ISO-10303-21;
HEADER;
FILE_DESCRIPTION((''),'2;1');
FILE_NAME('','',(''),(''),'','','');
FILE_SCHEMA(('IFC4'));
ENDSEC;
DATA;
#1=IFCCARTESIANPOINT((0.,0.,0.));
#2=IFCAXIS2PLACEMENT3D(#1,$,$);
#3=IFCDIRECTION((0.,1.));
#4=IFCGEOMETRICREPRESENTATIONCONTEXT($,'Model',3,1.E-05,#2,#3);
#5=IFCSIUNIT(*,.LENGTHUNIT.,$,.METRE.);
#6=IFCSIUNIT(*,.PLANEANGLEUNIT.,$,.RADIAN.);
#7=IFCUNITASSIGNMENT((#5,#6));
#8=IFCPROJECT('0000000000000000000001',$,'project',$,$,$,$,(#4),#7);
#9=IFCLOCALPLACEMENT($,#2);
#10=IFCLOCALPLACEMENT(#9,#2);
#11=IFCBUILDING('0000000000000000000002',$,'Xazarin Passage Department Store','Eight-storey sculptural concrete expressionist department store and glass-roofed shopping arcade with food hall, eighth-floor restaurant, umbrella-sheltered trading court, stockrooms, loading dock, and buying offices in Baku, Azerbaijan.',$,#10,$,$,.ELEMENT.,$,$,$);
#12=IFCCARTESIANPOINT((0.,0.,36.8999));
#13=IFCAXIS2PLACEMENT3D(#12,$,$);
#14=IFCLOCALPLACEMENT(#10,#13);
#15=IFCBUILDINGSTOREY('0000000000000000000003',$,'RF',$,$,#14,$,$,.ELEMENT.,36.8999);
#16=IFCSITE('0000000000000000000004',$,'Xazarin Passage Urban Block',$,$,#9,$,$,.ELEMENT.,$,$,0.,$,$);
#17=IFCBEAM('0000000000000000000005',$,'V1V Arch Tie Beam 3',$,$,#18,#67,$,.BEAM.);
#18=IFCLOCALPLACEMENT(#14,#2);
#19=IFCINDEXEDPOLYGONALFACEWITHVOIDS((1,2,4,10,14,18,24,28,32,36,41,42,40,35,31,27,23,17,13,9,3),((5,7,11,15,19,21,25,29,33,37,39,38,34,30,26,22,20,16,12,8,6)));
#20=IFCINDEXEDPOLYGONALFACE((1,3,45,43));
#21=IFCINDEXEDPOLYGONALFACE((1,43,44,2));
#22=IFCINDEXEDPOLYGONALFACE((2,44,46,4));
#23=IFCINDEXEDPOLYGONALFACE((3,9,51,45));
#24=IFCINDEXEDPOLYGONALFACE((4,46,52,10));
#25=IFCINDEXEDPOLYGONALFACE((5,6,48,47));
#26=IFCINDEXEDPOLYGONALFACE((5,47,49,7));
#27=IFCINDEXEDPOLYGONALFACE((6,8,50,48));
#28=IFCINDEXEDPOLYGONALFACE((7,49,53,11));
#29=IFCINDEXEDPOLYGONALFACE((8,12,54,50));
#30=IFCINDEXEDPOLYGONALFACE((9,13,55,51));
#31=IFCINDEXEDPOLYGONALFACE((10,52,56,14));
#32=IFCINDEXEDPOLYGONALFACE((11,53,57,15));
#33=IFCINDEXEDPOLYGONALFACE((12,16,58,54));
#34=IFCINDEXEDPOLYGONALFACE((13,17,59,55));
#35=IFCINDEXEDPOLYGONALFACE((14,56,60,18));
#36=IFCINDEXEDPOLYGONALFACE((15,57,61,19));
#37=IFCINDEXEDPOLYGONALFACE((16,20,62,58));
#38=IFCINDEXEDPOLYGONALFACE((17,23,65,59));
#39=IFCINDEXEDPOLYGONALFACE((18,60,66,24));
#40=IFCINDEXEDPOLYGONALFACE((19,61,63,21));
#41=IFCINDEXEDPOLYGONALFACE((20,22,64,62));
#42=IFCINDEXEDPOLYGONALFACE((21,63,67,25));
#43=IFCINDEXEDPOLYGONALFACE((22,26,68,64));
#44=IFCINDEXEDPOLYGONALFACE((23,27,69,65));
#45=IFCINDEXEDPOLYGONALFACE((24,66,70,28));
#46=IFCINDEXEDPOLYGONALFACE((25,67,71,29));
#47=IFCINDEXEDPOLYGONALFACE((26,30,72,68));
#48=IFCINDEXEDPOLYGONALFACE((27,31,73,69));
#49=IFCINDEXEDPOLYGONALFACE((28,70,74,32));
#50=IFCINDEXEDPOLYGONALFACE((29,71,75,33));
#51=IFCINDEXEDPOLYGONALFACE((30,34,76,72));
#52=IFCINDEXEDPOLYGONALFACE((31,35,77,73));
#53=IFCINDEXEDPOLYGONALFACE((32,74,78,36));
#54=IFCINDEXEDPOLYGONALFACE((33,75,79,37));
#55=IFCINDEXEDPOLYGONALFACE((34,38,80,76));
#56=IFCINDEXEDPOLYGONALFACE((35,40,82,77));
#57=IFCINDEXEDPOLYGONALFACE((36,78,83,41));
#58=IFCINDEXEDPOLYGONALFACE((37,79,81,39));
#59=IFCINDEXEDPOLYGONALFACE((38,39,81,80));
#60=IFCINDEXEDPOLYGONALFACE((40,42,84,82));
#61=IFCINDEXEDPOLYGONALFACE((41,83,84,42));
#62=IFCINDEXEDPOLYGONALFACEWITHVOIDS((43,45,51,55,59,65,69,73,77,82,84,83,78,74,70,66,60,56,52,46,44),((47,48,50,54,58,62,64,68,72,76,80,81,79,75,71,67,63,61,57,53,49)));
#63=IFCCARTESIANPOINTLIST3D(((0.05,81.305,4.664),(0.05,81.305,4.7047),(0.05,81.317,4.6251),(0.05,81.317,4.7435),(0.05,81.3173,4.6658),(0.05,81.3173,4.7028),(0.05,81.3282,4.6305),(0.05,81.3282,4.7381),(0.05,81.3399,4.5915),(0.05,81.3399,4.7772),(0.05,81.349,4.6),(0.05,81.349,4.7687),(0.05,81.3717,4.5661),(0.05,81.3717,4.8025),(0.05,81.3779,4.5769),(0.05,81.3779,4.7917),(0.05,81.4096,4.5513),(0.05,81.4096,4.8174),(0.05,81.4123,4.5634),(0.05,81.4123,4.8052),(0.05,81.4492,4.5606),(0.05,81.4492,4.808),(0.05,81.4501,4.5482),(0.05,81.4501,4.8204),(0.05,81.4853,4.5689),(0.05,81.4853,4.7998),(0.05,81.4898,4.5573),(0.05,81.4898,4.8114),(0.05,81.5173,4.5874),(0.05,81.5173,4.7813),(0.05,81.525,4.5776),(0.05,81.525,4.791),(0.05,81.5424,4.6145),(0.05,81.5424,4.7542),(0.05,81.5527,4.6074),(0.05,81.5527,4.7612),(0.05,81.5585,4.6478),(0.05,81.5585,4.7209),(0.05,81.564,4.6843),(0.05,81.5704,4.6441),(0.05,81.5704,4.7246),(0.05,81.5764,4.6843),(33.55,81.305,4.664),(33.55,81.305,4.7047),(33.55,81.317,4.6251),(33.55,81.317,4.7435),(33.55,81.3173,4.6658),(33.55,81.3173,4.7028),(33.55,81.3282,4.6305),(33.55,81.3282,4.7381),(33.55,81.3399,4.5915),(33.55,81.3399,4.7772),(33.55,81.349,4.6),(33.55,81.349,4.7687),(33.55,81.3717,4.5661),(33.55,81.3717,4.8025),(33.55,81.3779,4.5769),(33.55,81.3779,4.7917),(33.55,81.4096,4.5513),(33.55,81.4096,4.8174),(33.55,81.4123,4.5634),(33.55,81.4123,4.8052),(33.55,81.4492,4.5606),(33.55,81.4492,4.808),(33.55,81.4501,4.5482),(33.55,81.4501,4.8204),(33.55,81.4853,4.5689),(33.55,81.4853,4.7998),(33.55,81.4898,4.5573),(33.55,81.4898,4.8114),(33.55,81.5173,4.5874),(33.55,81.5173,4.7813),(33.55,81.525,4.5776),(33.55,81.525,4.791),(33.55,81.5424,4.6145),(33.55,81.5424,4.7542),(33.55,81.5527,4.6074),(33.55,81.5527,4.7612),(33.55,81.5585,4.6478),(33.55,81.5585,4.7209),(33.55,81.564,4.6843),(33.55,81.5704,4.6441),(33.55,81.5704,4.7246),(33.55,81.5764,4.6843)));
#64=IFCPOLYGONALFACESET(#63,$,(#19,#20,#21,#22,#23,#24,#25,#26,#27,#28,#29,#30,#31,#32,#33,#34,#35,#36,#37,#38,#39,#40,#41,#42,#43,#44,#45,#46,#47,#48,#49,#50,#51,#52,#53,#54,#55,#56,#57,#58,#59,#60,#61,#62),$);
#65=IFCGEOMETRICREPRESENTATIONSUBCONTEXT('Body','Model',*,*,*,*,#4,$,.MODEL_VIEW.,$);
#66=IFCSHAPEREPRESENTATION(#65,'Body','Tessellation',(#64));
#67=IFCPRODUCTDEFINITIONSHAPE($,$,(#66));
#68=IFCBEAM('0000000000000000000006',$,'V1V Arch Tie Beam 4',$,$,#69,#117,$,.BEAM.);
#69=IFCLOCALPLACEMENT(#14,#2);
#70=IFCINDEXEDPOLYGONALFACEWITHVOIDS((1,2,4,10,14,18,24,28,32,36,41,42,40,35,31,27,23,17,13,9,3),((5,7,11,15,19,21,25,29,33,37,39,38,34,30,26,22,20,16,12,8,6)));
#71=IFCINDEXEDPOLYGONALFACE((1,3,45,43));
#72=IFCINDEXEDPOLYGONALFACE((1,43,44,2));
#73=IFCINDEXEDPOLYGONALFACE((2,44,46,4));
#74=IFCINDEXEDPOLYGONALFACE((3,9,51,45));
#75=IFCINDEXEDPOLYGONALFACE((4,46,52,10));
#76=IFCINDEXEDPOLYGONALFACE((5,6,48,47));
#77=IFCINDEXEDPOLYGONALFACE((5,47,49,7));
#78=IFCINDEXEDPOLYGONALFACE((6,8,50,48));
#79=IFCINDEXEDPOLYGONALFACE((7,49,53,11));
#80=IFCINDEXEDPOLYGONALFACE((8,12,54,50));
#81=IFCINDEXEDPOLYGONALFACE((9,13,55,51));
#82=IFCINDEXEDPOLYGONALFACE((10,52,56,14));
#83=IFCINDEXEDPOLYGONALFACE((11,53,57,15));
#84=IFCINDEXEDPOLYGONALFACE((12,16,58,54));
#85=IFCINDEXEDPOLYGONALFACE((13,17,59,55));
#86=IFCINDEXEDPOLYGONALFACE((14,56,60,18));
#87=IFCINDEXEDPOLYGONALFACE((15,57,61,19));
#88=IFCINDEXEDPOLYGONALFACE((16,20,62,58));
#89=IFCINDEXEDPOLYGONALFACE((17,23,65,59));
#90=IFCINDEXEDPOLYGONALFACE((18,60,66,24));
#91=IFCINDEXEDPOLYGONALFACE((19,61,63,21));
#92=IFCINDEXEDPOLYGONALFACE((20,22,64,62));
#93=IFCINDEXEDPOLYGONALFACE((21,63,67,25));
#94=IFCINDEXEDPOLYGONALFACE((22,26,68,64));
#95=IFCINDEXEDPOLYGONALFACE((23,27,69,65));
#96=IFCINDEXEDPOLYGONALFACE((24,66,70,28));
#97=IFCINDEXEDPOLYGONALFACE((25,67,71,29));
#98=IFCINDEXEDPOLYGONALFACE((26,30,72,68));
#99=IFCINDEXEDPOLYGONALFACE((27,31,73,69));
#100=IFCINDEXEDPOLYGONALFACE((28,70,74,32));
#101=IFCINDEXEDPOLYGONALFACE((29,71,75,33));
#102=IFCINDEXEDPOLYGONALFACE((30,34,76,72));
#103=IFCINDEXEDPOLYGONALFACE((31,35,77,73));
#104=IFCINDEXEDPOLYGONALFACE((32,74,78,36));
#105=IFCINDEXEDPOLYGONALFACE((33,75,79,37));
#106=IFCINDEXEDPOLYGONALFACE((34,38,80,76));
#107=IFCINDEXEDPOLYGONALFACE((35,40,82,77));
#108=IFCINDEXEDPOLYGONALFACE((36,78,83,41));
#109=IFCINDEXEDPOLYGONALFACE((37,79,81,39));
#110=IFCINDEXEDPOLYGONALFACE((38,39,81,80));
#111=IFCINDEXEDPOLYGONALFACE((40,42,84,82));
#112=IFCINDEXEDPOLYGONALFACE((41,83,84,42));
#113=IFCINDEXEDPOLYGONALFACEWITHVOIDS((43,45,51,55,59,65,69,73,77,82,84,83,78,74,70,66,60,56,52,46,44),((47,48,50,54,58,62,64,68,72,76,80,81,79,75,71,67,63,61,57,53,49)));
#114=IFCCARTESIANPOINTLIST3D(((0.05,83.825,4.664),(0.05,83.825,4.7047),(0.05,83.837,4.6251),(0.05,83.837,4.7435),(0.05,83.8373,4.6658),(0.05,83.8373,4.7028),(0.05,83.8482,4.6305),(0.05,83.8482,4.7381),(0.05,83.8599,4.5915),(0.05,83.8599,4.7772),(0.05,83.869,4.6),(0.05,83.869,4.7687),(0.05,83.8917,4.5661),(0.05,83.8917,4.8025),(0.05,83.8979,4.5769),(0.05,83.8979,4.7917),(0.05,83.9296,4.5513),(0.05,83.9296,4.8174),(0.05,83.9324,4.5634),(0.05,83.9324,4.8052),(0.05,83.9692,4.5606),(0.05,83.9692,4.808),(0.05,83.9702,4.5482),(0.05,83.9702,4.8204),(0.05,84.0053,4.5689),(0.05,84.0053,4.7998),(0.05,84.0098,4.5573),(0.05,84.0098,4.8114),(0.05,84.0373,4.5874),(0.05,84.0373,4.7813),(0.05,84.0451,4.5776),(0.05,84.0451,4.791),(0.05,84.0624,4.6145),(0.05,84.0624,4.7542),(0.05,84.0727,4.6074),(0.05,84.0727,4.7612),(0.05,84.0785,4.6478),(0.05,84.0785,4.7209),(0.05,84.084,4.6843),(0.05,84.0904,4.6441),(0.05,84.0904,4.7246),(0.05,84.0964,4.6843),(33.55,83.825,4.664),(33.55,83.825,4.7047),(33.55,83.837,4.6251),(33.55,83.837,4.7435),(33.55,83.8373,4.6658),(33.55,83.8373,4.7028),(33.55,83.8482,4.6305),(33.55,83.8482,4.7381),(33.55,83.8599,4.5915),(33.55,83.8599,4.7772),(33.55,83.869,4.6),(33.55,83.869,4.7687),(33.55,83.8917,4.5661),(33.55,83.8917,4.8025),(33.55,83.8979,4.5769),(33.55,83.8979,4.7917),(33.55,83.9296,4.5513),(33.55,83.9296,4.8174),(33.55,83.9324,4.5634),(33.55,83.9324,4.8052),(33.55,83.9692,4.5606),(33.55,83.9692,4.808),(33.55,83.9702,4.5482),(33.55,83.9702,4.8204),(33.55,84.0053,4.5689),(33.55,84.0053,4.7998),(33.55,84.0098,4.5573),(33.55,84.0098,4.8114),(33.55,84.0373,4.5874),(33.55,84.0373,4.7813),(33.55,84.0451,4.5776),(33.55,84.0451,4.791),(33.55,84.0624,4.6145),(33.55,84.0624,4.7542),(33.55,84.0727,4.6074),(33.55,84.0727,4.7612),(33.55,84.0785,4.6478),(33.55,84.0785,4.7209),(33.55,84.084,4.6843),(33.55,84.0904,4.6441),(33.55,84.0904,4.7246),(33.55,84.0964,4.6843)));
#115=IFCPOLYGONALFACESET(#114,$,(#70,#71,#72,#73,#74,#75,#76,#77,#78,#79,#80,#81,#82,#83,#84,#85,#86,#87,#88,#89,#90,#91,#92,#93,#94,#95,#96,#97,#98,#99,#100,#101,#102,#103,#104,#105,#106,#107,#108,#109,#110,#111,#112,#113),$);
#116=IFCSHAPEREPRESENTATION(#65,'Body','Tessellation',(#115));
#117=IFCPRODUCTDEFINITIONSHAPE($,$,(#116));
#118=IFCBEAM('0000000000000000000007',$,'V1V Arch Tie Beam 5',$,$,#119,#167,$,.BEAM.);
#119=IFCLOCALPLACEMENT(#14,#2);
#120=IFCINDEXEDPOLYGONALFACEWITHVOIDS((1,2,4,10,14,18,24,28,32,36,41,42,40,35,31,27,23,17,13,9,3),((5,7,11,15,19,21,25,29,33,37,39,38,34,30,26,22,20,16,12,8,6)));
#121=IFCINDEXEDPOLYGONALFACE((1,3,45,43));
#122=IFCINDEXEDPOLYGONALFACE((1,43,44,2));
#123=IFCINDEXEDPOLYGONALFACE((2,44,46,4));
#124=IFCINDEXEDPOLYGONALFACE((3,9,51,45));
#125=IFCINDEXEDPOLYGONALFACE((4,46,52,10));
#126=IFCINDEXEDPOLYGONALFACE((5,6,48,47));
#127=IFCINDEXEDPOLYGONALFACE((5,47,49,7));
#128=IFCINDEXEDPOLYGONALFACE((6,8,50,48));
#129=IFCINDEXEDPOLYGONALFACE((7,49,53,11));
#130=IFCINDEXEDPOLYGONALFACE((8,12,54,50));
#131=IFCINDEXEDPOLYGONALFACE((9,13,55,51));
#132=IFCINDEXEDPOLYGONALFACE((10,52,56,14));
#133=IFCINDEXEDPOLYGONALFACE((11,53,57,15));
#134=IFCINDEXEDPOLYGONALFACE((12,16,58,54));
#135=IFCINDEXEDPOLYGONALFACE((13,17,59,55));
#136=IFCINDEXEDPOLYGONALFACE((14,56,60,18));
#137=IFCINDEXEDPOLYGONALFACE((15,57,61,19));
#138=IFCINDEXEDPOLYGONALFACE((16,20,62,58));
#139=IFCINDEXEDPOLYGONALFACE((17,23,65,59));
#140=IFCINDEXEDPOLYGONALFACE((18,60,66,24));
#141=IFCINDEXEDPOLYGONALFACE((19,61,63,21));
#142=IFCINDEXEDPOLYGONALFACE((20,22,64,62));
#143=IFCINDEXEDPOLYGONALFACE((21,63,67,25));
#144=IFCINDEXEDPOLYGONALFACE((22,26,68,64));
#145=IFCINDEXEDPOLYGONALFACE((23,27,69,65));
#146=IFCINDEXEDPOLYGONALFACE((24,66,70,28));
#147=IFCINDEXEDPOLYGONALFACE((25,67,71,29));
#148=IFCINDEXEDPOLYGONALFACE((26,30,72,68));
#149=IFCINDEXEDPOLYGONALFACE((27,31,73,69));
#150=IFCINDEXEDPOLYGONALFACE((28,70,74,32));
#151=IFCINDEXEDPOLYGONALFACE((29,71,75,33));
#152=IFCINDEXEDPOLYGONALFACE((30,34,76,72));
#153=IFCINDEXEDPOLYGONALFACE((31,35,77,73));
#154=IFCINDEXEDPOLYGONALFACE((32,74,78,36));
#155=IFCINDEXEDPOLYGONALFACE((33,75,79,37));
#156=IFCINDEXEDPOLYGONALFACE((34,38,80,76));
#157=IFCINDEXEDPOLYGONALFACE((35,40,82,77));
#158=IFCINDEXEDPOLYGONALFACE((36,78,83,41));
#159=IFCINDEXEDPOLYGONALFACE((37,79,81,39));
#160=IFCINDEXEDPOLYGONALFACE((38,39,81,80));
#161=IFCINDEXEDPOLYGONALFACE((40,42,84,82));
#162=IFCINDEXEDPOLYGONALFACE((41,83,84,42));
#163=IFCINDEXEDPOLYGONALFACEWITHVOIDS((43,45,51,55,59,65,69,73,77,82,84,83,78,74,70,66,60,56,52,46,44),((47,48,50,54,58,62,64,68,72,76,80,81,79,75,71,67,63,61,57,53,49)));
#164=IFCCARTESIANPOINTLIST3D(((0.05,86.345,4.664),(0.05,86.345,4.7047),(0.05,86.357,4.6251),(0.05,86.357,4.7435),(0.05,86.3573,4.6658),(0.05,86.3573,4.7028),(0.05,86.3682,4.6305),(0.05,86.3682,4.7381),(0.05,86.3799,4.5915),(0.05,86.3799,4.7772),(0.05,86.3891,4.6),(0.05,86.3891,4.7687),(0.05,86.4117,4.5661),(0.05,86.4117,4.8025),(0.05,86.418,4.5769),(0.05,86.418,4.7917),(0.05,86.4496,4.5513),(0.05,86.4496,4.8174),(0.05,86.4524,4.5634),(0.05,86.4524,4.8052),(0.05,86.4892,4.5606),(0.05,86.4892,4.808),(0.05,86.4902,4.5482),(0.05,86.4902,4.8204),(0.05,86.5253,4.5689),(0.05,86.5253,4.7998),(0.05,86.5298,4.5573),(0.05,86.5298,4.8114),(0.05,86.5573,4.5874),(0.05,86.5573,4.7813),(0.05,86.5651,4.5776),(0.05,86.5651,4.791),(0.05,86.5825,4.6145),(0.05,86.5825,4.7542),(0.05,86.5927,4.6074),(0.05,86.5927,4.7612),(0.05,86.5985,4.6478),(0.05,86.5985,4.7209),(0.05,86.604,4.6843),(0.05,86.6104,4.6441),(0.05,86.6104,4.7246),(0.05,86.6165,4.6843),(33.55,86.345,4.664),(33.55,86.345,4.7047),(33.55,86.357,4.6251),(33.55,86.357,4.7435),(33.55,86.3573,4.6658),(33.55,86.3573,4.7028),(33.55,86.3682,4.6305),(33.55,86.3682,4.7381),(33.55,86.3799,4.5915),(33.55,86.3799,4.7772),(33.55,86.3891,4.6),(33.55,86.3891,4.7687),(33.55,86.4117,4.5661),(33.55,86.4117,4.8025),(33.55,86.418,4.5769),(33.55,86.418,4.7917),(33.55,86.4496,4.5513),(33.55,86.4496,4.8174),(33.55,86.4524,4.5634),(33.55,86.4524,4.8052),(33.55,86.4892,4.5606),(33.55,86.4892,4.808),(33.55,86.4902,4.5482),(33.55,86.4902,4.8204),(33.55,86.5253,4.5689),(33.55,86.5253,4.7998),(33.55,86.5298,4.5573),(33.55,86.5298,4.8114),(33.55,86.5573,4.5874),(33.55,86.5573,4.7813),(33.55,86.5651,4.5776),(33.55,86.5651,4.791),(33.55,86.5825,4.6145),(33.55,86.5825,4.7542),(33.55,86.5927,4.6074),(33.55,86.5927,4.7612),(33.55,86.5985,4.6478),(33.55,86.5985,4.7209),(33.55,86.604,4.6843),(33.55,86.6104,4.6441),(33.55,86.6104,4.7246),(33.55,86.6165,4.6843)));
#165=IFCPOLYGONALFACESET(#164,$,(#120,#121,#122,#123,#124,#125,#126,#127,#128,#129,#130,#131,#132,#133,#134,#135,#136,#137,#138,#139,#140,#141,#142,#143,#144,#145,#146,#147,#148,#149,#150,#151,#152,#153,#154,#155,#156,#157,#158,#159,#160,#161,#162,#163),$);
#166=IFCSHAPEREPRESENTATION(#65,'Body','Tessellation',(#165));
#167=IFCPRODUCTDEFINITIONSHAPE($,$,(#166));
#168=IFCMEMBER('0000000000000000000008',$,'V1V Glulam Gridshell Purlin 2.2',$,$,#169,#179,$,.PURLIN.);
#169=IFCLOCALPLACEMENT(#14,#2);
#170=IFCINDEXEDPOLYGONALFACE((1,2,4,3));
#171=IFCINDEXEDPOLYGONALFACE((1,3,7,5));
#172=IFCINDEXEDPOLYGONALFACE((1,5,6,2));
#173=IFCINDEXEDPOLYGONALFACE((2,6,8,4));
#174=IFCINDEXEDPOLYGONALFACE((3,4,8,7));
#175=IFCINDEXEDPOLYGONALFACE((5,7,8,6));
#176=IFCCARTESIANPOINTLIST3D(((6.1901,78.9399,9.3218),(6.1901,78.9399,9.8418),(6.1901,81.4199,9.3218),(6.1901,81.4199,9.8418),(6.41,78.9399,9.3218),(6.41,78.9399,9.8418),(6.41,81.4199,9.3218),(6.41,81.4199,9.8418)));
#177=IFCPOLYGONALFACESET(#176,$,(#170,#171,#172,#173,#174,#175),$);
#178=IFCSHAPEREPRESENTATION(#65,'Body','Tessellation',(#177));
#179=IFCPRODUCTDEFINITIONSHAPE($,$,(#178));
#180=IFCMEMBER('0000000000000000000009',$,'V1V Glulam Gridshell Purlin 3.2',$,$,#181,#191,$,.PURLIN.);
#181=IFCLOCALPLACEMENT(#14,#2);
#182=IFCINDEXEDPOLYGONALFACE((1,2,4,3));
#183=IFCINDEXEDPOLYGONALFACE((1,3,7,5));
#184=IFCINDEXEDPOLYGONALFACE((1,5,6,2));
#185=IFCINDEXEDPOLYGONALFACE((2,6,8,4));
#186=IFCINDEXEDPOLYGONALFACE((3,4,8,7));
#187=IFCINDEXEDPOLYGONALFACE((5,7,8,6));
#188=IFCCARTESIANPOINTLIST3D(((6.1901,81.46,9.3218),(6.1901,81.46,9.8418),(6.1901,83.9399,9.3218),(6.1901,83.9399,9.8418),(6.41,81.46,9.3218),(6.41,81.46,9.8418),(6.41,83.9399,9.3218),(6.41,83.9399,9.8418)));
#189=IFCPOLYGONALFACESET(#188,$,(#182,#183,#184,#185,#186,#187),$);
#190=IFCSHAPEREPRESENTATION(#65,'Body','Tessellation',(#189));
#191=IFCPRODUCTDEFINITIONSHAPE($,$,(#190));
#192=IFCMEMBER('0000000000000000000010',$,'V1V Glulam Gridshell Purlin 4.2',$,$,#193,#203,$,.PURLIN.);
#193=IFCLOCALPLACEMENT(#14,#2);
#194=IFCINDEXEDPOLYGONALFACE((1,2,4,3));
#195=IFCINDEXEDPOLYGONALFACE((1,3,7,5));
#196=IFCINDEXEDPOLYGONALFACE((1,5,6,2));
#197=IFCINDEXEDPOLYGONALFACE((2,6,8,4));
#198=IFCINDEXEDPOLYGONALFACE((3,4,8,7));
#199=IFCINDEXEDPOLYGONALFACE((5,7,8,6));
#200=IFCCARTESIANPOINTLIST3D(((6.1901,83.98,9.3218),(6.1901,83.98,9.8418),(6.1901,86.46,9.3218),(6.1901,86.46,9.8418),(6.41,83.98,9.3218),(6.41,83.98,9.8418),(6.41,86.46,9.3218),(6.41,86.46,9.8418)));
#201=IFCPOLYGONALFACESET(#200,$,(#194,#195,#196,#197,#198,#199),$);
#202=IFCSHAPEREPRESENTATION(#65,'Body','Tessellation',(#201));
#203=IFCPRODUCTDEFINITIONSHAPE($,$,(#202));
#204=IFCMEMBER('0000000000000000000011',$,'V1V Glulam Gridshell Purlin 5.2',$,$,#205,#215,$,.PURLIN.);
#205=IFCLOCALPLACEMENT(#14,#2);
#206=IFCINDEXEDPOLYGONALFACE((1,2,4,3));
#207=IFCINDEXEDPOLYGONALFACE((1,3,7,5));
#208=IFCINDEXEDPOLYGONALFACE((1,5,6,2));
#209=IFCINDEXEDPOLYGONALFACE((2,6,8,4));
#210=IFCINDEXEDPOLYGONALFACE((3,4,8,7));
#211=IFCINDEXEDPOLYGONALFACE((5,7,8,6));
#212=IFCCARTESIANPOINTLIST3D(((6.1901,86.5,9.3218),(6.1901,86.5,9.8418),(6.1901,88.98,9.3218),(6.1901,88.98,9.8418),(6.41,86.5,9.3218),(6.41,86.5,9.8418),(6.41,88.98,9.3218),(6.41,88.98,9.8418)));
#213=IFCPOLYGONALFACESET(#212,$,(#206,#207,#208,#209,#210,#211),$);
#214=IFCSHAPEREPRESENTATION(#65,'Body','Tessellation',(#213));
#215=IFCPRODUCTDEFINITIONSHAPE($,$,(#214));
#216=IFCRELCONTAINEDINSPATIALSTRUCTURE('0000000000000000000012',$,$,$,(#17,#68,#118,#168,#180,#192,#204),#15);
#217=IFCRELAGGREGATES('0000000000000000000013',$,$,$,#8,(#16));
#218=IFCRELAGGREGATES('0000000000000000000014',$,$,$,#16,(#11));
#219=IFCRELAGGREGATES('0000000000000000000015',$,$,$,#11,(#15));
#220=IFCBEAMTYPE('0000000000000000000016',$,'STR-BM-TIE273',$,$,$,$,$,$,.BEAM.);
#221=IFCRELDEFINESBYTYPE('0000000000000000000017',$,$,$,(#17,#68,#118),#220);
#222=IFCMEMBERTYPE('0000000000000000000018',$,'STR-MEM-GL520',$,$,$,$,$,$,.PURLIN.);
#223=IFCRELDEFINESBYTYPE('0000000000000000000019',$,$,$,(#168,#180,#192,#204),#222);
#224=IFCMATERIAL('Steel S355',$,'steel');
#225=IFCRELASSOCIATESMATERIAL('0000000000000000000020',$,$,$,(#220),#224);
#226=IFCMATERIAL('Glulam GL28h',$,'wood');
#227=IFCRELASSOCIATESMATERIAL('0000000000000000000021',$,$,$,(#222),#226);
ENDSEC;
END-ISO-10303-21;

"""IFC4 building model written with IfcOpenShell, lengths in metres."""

from ifc_helpers import new_model, si_unit, direction, frame, origin, origin_2d, place, context, subcontext, project, spatial, rectangle, hollow_circle, extrude, material, material_profile, profile_set, type_object, element, save


model = new_model("IFC4")

# Units and contexts
model_context = context("Model", 3, precision=1e-05, world=origin(), true_north=direction((0.0, 1.0)))
body_context = subcontext(model_context, "Body", "Model", "MODEL_VIEW")
ifc_project = project(units=[si_unit("LENGTHUNIT", "METRE"), si_unit("PLANEANGLEUNIT", "RADIAN")], contexts=[model_context])

# Site, building, storey
site_placement = place(None, origin())
site = spatial("IfcSite", under=ifc_project, at=site_placement, Name="Xazarin Passage Urban Block", CompositionType="ELEMENT", RefElevation=0.0)
building_placement = place(site_placement, origin())
building = spatial("IfcBuilding", under=site, at=building_placement, Name="Xazarin Passage Department Store", Description="Eight-storey sculptural concrete expressionist department store and glass-roofed shopping arcade with food hall, eighth-floor restaurant, umbrella-sheltered trading court, stockrooms, loading dock, and buying offices in Baku, Azerbaijan.", CompositionType="ELEMENT")
storey_placement = place(building_placement, frame((0.0, 0.0, 36.8999)))
storey = spatial("IfcBuildingStorey", under=building, at=storey_placement, Name="RF", CompositionType="ELEMENT", Elevation=36.8999)

# Beams
ifc_material_1 = material(Name="Steel S355", Category="steel")
ifc_material_profile_1 = material_profile(ifc_material_1, hollow_circle(Radius=0.1365, WallThickness=0.0125, at=origin_2d()), Name="CHS 273x12.5")
ifc_profile_set_1 = profile_set([ifc_material_profile_1], Name="Steel S355")
beam_type_1 = type_object("IfcBeamType", Name="STR-BM-TIE273", PredefinedType="BEAM", material=ifc_profile_set_1)
for number, where, z_axis, x_axis, name in (
    (1, (0.05, 81.4399, 4.6843), (1.0, 0.0, 0.0), (0.0, 1.0, 0.0), "V1V Arch Tie Beam 3"),
    (2, (0.05, 83.96, 4.6843), (1.0, 0.0, 0.0), (0.0, 1.0, 0.0), "V1V Arch Tie Beam 4"),
    (3, (0.05, 86.48, 4.6843), (1.0, 0.0, 0.0), (0.0, 1.0, 0.0), "V1V Arch Tie Beam 5"),
):
    element("IfcBeam", number, at=place(storey_placement, frame(where, z_axis=z_axis, x_axis=x_axis)), inside=storey, type_object=beam_type_1, Name=name, PredefinedType="BEAM", context=body_context, shape_type="SweptSolid", body=[
        extrude(hollow_circle(Radius=0.1365, WallThickness=0.0125, at=origin_2d()), origin(), (0.0, 0.0, 1.0), 33.5),
    ])

# Members
ifc_material_2 = material(Name="Glulam GL28h", Category="wood")
ifc_material_profile_2 = material_profile(ifc_material_2, rectangle(XDim=0.22, YDim=0.52, at=origin_2d()), Name="GL28h 220x520")
ifc_profile_set_2 = profile_set([ifc_material_profile_2], Name="Glulam GL28h")
member_type_1 = type_object("IfcMemberType", Name="STR-MEM-GL520", PredefinedType="PURLIN", material=ifc_profile_set_2)
for number, where, z_axis, x_axis, name in (
    (4, (6.3, 78.9399, 9.5818), (0.0, 1.0, 0.0), (-1.0, 0.0, 0.0), "V1V Glulam Gridshell Purlin 2.2"),
    (5, (6.3, 81.46, 9.5818), (0.0, 1.0, 0.0), (-1.0, 0.0, 0.0), "V1V Glulam Gridshell Purlin 3.2"),
    (6, (6.3, 83.98, 9.5818), (0.0, 1.0, 0.0), (-1.0, 0.0, 0.0), "V1V Glulam Gridshell Purlin 4.2"),
    (7, (6.3, 86.5, 9.5818), (0.0, 1.0, 0.0), (-1.0, 0.0, 0.0), "V1V Glulam Gridshell Purlin 5.2"),
):
    element("IfcMember", number, at=place(storey_placement, frame(where, z_axis=z_axis, x_axis=x_axis)), inside=storey, type_object=member_type_1, Name=name, PredefinedType="PURLIN", context=body_context, shape_type="SweptSolid", body=[
        extrude(rectangle(XDim=0.22, YDim=0.52, at=origin_2d()), origin(), (0.0, 0.0, 1.0), 2.48),
    ])

save(model, "model.ifc")
